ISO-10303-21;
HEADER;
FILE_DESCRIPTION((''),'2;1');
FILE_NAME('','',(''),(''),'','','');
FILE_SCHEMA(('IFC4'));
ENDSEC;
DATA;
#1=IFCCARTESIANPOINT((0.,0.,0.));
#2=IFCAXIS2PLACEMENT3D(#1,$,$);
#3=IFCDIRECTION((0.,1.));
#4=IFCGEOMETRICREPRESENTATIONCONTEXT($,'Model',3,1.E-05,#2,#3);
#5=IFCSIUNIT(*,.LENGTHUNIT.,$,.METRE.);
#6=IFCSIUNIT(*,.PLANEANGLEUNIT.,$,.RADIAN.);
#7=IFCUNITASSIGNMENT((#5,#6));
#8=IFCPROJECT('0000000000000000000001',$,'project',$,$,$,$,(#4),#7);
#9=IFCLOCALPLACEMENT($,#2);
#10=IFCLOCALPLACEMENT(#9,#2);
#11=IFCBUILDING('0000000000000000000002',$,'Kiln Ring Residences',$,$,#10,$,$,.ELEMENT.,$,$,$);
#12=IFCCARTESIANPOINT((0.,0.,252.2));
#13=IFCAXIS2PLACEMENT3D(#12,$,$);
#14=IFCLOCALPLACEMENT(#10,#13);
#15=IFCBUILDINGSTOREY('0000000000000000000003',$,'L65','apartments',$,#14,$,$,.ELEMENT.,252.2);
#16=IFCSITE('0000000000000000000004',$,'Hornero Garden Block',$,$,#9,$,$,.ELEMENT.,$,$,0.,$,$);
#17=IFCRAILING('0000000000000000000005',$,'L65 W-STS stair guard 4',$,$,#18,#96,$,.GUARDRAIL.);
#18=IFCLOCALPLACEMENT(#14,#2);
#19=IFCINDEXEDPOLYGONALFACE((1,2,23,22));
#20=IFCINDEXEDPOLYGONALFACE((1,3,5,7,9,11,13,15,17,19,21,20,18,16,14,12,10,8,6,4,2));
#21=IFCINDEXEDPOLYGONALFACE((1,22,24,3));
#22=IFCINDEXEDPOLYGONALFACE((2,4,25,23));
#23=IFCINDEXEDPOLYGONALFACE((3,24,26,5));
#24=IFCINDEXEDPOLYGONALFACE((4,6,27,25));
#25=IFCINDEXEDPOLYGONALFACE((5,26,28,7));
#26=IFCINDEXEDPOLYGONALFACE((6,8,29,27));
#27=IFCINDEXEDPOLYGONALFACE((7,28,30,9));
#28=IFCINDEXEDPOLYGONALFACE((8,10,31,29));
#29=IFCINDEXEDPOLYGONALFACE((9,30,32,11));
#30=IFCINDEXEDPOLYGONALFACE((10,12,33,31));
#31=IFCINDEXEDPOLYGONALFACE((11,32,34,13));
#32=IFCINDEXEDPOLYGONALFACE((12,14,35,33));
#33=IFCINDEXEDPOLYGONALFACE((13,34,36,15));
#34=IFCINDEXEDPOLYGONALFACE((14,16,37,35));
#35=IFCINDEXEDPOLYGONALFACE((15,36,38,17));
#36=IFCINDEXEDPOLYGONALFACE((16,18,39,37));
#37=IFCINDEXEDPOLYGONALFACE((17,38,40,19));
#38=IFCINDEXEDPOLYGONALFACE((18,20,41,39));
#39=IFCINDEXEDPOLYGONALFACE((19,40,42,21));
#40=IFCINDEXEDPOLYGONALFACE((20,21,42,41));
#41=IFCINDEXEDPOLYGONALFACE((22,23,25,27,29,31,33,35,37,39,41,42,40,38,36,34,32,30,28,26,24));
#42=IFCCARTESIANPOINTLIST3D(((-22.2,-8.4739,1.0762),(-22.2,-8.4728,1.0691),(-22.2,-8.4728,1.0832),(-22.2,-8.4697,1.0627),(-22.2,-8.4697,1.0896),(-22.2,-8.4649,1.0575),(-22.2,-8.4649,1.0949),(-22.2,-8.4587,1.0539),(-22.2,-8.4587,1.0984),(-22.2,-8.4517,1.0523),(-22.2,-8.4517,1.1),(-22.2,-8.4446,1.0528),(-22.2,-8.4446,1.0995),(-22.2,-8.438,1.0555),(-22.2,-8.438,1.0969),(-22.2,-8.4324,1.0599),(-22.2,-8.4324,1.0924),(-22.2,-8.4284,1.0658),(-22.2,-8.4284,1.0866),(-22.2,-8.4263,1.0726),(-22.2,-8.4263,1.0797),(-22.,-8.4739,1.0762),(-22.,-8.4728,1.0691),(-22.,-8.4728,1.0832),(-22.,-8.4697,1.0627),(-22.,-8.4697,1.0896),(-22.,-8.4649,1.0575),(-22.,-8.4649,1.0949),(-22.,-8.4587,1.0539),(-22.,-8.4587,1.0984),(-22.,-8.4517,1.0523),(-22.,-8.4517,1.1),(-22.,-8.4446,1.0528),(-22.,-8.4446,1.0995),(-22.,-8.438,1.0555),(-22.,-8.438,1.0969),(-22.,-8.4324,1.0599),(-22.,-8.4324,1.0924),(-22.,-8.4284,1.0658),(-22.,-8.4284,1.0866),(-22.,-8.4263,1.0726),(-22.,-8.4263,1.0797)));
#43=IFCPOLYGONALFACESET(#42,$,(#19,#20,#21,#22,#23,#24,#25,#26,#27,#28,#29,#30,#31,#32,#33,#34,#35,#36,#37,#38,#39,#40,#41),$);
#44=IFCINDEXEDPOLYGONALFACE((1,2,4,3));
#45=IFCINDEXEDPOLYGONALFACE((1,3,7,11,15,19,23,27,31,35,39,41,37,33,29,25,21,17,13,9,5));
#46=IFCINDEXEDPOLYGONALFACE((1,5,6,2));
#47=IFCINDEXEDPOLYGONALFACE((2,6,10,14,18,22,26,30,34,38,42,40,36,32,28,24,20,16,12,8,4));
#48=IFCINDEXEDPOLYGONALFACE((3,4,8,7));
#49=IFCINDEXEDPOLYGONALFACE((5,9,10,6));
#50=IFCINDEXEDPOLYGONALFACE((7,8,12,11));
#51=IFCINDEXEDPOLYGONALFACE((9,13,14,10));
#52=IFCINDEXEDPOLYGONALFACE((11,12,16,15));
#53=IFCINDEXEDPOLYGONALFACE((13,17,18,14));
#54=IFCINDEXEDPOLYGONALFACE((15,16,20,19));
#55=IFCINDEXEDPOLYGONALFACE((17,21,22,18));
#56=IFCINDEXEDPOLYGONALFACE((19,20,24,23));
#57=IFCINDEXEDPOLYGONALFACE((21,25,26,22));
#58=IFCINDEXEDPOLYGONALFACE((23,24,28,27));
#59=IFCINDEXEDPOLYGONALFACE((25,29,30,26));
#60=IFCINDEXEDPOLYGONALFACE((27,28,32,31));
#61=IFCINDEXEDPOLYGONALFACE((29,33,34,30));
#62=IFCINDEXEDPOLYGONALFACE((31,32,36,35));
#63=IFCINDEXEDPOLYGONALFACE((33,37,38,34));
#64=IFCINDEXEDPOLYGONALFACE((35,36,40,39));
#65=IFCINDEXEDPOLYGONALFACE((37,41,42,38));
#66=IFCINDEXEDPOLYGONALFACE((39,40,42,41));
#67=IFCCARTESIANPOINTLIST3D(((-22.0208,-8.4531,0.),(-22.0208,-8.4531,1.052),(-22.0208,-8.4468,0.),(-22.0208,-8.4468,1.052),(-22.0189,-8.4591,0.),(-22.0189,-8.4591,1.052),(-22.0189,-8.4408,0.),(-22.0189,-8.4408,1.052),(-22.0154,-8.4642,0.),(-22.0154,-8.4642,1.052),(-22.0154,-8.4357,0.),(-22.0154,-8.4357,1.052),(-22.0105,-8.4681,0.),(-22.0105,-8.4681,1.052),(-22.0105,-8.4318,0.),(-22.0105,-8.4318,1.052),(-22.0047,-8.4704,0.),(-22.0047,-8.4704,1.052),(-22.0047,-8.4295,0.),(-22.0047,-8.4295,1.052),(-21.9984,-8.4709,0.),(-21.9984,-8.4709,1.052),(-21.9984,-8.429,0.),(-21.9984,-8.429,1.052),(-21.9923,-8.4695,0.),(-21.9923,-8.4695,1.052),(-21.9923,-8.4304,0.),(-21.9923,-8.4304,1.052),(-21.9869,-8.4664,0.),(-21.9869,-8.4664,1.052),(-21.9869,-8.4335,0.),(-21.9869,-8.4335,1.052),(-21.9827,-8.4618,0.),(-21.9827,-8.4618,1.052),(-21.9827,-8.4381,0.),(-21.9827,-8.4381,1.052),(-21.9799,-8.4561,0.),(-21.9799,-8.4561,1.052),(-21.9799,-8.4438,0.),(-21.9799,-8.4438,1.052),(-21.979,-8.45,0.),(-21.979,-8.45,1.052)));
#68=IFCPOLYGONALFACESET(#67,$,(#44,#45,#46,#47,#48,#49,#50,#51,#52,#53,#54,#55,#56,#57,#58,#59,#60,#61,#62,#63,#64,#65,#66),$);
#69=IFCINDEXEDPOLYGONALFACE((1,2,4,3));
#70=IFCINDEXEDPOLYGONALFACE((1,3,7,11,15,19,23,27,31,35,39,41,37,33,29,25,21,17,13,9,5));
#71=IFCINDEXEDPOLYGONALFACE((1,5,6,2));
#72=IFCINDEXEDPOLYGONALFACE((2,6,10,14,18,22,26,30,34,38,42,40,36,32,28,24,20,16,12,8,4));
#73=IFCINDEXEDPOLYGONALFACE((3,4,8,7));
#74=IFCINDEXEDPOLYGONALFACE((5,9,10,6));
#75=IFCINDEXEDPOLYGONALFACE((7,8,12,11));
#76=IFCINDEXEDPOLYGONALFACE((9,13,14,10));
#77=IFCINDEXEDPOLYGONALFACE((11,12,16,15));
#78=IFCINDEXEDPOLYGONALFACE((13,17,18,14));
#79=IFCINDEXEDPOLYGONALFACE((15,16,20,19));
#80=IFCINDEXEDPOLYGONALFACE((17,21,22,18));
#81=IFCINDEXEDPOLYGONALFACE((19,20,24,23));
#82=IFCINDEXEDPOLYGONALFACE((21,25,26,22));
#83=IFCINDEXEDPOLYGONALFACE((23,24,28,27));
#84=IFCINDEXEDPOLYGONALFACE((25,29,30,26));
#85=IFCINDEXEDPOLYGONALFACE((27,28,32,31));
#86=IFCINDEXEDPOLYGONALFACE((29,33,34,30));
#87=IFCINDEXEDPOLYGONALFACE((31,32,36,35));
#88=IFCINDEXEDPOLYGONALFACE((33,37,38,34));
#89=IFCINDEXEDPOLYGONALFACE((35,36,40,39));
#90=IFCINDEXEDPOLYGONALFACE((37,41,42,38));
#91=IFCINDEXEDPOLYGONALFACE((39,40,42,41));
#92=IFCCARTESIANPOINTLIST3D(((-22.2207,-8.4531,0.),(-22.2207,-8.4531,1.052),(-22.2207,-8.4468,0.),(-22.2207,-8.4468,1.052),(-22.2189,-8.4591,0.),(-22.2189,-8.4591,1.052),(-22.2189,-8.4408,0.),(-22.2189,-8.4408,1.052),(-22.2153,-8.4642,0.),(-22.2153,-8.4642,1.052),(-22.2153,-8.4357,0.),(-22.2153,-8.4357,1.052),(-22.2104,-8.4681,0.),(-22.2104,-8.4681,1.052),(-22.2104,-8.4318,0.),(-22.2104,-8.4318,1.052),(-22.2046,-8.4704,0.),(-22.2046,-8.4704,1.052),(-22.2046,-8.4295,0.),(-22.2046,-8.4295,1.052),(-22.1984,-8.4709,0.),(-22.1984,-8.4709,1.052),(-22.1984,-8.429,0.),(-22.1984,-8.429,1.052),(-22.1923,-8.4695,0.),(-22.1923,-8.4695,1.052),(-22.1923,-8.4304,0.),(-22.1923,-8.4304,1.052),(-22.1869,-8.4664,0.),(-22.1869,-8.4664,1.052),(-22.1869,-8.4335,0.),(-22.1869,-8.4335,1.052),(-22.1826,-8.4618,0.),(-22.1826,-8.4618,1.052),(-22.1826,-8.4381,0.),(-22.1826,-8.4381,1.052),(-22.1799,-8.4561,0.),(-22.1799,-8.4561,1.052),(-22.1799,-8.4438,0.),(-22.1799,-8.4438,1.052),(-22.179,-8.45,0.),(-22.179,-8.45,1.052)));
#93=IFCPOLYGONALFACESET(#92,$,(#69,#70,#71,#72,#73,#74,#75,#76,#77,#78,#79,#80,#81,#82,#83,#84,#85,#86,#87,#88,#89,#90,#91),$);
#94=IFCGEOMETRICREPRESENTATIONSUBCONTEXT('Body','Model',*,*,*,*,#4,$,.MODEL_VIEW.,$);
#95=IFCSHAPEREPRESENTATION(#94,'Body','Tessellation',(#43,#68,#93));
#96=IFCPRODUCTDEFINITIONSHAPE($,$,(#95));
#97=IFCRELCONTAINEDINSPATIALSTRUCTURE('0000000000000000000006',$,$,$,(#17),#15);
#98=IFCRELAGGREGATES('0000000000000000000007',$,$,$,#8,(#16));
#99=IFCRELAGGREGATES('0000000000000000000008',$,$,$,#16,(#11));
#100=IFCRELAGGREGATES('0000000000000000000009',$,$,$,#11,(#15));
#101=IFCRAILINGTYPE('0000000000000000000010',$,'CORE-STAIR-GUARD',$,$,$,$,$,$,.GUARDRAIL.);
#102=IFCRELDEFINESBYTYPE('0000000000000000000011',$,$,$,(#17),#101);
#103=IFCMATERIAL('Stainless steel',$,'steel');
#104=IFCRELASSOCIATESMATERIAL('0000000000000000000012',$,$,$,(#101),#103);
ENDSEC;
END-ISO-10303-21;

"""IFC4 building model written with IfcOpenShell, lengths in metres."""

from ifc_helpers import new_model, si_unit, direction, frame, origin, origin_2d, place, context, subcontext, project, spatial, circle, extrude, material, type_object, element, save


model = new_model("IFC4")

# Units and contexts
model_context = context("Model", 3, precision=1e-05, world=origin(), true_north=direction((0.0, 1.0)))
body_context = subcontext(model_context, "Body", "Model", "MODEL_VIEW")
ifc_project = project(units=[si_unit("LENGTHUNIT", "METRE"), si_unit("PLANEANGLEUNIT", "RADIAN")], contexts=[model_context])

# Site, building, storey
site_placement = place(None, origin())
site = spatial("IfcSite", under=ifc_project, at=site_placement, Name="Hornero Garden Block", CompositionType="ELEMENT", RefElevation=0.0)
building_placement = place(site_placement, origin())
building = spatial("IfcBuilding", under=site, at=building_placement, Name="Kiln Ring Residences", CompositionType="ELEMENT")
storey_placement = place(building_placement, frame((0.0, 0.0, 252.2)))
storey = spatial("IfcBuildingStorey", under=building, at=storey_placement, Name="L65", Description="apartments", CompositionType="ELEMENT", Elevation=252.2)

# Railing
ifc_material_1 = material(Name="Stainless steel", Category="steel")
railing_type_1 = type_object("IfcRailingType", Name="CORE-STAIR-GUARD", PredefinedType="GUARDRAIL", material=ifc_material_1)
railing_1_placement = place(storey_placement, frame((-22.0, -8.45, 0.0)))
element("IfcRailing", 1, at=railing_1_placement, inside=storey, type_object=railing_type_1, Name="L65 W-STS stair guard 4", PredefinedType="GUARDRAIL", context=body_context, shape_type="SweptSolid", body=[
    extrude(circle(Radius=0.0239, at=origin_2d()), frame((0.0, 0.0, 1.0762), z_axis=(-1.0, 0.0, 0.0), x_axis=(0.0, -1.0, 0.0)), (0.0, 0.0, 1.0), 0.2),
    extrude(circle(Radius=0.021, at=origin_2d()), origin(), (0.0, 0.0, 1.0), 1.052),
    extrude(circle(Radius=0.021, at=origin_2d()), frame((-0.2, 0.0, 0.0)), (0.0, 0.0, 1.0), 1.052),
])

save(model, "model.ifc")
